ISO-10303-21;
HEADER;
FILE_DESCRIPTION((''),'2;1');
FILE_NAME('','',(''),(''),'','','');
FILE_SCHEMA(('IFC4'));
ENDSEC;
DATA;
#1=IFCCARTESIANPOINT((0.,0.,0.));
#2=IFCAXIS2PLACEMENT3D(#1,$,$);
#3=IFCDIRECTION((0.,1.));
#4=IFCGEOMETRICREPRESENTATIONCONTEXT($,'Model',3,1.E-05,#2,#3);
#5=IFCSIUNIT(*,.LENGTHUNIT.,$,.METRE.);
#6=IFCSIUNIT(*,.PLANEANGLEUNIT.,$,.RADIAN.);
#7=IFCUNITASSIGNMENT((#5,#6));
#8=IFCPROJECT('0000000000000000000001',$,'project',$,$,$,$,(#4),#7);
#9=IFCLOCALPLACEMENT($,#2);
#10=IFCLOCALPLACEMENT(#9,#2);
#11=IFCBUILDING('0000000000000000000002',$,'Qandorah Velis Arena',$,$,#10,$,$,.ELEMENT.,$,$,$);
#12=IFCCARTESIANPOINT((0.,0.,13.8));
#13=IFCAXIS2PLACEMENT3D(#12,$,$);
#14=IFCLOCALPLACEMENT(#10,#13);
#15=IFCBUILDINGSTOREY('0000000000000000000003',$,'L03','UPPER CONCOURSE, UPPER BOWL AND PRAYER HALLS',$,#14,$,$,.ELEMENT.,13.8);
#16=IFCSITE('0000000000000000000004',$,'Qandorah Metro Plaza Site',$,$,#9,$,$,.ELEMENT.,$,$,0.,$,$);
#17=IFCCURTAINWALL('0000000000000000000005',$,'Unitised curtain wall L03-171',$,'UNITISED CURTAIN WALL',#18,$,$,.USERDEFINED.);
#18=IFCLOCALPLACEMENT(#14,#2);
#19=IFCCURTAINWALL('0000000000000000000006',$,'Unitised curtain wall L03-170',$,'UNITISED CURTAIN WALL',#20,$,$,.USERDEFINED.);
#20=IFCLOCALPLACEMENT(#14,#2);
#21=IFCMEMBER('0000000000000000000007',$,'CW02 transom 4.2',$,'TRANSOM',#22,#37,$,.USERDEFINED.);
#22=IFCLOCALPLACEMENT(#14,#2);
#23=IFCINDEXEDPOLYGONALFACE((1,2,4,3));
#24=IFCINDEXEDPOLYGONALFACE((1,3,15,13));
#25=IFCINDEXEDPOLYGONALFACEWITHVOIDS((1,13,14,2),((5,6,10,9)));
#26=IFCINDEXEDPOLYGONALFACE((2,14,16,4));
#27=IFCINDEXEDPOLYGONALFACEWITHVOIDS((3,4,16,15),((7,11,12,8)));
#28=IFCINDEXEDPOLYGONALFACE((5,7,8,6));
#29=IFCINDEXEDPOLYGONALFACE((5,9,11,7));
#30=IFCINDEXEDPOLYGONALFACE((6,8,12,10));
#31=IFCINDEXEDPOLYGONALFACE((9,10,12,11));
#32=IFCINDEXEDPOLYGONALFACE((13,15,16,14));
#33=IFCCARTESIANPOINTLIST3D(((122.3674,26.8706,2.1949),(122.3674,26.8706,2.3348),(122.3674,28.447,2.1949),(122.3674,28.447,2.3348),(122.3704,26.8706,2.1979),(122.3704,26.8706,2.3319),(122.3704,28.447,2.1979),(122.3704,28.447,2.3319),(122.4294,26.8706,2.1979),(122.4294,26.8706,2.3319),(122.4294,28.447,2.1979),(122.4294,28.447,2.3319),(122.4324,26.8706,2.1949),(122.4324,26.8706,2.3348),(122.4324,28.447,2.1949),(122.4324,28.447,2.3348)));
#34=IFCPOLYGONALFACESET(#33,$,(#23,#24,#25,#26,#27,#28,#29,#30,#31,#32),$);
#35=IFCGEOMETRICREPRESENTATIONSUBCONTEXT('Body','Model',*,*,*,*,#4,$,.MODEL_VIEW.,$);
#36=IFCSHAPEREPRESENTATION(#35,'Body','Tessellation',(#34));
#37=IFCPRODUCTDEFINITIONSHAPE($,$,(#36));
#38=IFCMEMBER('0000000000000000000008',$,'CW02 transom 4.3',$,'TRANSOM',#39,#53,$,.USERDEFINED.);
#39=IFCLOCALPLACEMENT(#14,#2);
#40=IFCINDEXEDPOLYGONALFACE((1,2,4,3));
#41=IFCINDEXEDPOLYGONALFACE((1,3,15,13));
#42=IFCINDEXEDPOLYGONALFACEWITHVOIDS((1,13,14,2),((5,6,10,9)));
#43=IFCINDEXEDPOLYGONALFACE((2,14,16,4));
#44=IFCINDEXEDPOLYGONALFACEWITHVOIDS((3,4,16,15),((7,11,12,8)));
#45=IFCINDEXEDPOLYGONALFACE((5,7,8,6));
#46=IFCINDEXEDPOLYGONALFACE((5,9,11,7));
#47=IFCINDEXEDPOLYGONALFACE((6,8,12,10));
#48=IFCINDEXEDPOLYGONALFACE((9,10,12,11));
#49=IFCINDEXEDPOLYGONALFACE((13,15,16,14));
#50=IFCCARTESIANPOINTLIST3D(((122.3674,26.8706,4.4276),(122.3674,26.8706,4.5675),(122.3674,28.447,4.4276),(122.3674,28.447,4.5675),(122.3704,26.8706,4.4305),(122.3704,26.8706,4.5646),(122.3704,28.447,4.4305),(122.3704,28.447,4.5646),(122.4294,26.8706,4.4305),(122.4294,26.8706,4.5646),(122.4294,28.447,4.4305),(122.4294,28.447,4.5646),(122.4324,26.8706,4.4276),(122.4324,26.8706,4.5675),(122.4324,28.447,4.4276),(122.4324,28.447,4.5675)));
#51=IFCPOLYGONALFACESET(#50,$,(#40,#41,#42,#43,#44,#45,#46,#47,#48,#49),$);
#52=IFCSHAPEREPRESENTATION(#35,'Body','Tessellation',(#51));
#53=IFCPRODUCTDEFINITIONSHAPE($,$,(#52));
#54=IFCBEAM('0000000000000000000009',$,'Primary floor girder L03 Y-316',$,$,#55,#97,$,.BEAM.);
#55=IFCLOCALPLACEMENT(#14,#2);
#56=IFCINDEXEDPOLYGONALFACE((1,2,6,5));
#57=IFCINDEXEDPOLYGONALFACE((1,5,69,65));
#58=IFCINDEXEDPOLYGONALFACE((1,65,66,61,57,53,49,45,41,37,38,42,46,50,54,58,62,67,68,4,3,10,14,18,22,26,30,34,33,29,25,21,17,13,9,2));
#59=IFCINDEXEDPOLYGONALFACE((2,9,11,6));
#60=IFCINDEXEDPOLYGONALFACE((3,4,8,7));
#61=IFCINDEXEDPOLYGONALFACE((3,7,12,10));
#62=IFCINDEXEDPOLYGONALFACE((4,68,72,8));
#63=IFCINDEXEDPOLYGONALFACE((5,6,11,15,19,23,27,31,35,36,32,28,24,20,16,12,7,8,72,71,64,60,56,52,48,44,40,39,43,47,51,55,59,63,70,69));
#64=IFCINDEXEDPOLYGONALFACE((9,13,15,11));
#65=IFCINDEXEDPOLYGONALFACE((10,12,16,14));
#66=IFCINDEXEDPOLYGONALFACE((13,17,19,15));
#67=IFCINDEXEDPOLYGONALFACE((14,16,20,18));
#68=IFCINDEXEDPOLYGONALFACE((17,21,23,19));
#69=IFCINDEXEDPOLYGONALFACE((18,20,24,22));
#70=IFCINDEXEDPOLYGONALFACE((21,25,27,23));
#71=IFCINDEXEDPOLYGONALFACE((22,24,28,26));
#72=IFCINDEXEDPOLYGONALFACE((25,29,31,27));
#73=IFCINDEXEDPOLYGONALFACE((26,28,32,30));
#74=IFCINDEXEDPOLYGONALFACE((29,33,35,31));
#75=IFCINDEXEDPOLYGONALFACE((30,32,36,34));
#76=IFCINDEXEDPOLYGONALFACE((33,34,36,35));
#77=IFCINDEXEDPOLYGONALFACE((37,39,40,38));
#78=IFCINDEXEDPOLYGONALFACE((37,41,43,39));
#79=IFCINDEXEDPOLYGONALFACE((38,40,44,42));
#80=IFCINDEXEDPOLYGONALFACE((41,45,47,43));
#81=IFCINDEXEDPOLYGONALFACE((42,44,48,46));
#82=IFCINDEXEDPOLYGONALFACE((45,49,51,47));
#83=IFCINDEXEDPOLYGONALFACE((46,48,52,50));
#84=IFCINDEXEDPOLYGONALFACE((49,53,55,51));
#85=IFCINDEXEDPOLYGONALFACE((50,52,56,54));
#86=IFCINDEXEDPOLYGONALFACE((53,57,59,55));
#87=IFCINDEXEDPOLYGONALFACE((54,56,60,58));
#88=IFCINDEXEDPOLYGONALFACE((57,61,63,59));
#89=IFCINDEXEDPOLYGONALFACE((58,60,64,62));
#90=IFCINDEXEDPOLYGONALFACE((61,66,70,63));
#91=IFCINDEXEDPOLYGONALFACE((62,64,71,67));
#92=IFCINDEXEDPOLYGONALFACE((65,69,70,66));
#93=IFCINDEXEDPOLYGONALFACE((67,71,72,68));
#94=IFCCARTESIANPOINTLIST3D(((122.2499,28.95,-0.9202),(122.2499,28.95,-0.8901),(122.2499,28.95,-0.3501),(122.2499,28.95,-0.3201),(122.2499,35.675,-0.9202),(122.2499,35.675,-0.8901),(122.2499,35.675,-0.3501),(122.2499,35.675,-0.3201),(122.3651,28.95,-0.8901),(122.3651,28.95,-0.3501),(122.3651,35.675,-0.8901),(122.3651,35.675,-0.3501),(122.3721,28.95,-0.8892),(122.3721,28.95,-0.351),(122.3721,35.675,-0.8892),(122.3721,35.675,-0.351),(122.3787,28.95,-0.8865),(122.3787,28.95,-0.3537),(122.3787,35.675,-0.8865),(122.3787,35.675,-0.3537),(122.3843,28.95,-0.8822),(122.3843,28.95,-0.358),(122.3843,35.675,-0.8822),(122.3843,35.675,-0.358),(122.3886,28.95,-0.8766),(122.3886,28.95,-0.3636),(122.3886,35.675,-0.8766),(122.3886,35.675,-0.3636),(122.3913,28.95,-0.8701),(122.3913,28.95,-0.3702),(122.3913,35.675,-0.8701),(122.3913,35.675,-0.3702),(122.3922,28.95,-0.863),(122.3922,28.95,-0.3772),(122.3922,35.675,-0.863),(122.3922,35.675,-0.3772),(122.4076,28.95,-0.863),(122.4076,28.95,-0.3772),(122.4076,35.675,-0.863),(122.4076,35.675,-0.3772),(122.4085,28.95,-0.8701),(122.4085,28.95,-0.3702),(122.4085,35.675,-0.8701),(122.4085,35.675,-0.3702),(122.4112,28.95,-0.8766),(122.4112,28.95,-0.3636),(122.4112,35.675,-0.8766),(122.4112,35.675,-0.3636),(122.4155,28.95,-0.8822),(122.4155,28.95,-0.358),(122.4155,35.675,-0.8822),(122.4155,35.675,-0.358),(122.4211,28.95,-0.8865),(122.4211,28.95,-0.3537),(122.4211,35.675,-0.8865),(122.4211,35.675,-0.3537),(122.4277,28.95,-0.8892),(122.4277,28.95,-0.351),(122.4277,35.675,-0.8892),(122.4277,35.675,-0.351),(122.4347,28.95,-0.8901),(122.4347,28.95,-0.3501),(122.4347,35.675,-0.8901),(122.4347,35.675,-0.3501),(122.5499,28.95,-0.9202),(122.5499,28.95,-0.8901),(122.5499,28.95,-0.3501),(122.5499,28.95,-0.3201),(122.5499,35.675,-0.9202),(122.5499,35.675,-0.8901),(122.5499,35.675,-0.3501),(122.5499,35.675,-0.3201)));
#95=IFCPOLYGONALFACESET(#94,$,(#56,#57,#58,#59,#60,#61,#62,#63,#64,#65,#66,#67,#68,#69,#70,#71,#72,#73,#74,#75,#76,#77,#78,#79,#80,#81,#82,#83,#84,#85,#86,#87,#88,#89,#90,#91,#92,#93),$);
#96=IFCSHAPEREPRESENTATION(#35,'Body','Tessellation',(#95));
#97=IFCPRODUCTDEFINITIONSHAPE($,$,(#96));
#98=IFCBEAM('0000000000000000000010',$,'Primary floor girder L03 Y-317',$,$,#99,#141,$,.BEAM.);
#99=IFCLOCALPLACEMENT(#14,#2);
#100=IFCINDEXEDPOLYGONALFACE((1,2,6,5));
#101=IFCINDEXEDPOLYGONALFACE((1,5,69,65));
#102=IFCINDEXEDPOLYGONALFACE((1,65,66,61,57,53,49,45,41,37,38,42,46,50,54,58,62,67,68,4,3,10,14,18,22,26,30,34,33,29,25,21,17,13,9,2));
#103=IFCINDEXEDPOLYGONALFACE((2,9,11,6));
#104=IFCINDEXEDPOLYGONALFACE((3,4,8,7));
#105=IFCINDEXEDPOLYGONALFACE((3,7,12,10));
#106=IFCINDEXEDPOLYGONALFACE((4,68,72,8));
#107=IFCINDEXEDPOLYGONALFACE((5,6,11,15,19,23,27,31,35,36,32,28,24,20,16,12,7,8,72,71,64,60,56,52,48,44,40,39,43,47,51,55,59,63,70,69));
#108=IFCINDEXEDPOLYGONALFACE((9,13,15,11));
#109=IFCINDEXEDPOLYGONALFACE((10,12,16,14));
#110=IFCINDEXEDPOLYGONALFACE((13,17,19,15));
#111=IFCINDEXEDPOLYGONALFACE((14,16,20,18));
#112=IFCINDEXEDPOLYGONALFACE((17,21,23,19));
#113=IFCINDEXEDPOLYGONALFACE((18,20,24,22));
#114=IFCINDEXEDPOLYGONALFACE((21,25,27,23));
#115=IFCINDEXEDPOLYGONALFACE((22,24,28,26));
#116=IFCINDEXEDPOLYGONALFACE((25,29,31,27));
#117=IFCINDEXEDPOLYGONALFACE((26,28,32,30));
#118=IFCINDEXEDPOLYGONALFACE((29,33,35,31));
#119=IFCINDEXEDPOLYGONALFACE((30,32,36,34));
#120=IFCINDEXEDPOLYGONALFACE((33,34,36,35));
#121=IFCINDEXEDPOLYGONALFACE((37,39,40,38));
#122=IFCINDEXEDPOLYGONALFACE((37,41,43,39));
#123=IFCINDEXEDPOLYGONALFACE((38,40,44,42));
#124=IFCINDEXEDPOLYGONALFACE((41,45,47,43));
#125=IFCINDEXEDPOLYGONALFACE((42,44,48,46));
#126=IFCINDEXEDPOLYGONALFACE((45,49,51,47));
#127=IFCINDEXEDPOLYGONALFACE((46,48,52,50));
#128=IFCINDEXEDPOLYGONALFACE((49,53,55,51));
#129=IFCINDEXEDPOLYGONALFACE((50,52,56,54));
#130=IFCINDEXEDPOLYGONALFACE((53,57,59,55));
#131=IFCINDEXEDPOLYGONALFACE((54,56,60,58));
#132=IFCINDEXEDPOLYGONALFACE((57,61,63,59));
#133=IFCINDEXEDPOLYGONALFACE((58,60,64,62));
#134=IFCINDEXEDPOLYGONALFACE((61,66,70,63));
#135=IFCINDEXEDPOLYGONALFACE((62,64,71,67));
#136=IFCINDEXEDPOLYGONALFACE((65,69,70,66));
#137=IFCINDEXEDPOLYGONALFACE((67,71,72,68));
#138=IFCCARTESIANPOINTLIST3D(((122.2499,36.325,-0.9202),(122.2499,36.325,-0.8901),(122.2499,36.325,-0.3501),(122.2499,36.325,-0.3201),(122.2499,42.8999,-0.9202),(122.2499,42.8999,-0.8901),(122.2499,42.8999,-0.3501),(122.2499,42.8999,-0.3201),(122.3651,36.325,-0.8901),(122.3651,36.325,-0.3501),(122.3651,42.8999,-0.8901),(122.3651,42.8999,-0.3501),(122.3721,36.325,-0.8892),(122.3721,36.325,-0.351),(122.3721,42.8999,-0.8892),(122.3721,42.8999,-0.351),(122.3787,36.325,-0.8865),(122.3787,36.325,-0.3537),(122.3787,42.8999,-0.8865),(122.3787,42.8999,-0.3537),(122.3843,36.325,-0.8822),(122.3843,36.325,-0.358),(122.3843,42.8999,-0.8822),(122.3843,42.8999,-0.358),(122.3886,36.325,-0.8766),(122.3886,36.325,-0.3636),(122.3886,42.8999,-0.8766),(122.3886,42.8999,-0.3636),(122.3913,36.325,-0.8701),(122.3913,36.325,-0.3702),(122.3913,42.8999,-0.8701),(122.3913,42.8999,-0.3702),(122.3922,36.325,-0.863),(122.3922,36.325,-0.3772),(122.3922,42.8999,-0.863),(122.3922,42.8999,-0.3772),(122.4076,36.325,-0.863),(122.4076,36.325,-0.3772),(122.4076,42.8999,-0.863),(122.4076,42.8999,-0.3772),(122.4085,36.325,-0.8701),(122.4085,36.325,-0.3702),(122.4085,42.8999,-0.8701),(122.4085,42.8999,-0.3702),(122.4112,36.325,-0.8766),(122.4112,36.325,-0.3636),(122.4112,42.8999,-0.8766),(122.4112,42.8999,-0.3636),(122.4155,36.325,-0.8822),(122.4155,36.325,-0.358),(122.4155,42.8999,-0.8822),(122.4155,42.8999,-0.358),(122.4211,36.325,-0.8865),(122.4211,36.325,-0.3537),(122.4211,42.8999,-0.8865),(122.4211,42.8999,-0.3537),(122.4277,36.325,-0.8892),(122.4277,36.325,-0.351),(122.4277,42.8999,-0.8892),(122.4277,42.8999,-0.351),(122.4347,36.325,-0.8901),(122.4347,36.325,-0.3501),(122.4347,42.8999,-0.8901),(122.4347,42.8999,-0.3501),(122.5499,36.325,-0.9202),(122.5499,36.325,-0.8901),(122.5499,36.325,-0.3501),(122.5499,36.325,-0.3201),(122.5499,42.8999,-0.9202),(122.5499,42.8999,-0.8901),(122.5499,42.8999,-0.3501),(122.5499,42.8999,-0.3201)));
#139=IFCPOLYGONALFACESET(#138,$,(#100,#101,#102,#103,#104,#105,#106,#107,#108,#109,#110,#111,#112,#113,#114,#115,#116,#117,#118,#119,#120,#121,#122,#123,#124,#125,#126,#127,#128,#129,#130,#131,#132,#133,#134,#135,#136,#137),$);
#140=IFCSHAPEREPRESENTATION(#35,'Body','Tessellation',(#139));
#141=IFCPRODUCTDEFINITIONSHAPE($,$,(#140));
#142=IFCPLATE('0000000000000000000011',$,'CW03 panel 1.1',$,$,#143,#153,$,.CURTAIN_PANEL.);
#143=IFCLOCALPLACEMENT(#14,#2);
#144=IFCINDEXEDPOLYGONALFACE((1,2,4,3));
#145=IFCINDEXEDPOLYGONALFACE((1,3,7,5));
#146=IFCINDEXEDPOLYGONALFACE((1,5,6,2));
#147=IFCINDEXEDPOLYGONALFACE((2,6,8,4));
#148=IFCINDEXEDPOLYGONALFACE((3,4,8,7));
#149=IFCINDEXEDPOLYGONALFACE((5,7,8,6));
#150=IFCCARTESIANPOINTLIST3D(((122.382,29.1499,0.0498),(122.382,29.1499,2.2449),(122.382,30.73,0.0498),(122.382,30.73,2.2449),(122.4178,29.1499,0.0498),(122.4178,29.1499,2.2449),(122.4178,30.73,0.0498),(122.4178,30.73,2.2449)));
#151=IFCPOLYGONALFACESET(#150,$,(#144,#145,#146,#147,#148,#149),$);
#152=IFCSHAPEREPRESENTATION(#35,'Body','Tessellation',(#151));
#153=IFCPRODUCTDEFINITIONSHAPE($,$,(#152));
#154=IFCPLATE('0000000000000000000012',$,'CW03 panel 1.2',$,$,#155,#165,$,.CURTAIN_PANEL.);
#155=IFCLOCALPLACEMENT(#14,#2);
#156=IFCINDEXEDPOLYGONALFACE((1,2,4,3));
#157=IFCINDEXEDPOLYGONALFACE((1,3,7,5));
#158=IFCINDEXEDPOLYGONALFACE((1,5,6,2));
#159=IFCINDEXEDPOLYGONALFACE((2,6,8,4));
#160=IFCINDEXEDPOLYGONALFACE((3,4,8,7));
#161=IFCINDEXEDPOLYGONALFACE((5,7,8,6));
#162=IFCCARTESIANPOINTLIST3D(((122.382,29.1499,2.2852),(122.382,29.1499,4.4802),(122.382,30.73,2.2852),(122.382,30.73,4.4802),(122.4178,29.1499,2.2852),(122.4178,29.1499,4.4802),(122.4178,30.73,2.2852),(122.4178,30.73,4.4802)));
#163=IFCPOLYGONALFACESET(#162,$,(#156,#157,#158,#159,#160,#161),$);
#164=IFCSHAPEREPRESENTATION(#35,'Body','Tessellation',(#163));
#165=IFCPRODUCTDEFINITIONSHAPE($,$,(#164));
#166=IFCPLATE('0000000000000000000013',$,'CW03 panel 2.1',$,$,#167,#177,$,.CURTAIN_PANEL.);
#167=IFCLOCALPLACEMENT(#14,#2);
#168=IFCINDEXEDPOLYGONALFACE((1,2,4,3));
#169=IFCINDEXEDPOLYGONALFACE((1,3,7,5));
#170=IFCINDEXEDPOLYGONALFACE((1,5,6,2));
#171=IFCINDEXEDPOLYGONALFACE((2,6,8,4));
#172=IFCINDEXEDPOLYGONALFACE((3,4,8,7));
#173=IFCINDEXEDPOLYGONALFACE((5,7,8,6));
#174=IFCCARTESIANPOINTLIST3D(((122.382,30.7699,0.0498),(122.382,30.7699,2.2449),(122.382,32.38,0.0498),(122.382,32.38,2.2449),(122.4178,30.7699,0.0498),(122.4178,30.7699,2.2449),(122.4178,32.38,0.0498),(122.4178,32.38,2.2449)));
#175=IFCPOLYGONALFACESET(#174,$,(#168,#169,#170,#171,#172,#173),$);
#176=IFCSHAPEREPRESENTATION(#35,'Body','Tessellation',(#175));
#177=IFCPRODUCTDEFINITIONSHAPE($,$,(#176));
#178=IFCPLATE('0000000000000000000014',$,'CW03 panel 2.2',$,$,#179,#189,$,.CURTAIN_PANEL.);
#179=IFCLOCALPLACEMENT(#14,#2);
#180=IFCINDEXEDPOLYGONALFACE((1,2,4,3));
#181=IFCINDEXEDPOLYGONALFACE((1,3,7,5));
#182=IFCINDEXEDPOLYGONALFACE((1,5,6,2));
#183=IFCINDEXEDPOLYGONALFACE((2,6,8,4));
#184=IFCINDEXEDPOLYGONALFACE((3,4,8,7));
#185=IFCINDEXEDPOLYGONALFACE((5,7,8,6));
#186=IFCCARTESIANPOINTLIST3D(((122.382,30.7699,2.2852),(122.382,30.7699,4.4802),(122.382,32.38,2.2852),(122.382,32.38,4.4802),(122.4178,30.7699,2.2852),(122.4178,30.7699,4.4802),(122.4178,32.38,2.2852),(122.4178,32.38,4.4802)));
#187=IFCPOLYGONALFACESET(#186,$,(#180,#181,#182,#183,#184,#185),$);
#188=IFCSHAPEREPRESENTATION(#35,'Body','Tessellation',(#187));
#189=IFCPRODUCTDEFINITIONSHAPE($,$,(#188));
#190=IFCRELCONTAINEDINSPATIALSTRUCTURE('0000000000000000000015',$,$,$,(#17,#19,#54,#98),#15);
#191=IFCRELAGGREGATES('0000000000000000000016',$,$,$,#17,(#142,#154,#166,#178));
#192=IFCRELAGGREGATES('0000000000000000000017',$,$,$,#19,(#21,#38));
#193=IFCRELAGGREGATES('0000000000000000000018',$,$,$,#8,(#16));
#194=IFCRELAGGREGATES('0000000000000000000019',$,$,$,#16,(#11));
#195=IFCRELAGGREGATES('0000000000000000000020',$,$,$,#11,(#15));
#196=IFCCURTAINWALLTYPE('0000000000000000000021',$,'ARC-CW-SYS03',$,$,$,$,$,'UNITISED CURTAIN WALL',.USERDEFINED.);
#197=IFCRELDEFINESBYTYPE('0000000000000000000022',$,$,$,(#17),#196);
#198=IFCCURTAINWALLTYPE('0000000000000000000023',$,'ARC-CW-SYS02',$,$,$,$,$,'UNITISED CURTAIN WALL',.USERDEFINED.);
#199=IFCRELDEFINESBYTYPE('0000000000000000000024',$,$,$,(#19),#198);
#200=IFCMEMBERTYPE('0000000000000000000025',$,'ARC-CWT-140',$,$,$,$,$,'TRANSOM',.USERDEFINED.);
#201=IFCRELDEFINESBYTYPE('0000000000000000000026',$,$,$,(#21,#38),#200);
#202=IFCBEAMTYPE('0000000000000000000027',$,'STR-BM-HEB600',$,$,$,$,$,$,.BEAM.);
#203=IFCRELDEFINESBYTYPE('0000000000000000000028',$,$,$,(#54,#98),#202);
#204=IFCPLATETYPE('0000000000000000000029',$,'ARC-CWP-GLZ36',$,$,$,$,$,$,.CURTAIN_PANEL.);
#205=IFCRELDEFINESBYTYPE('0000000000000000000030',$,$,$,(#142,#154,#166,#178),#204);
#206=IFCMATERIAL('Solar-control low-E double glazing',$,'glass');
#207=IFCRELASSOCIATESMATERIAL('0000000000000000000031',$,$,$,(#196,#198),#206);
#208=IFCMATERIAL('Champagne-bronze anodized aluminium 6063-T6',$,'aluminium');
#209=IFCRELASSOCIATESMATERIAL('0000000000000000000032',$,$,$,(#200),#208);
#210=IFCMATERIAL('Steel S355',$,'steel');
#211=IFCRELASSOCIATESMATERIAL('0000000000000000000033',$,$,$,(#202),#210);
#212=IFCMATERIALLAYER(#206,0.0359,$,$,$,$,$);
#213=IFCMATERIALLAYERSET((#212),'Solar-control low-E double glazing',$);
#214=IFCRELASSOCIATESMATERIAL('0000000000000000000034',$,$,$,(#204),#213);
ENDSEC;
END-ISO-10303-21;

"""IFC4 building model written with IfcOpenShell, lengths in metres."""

from ifc_helpers import new_model, si_unit, direction, frame, origin, origin_2d, place, context, subcontext, project, spatial, rectangle, hollow_rectangle, i_section, extrude, material, layer, layer_set, material_profile, profile_set, type_object, element, aggregate, save


model = new_model("IFC4")

# Units and contexts
model_context = context("Model", 3, precision=1e-05, world=origin(), true_north=direction((0.0, 1.0)))
body_context = subcontext(model_context, "Body", "Model", "MODEL_VIEW")
ifc_project = project(units=[si_unit("LENGTHUNIT", "METRE"), si_unit("PLANEANGLEUNIT", "RADIAN")], contexts=[model_context])

# Site, building, storey
site_placement = place(None, origin())
site = spatial("IfcSite", under=ifc_project, at=site_placement, Name="Qandorah Metro Plaza Site", CompositionType="ELEMENT", RefElevation=0.0)
building_placement = place(site_placement, origin())
building = spatial("IfcBuilding", under=site, at=building_placement, Name="Qandorah Velis Arena", CompositionType="ELEMENT")
storey_placement = place(building_placement, frame((0.0, 0.0, 13.8)))
storey = spatial("IfcBuildingStorey", under=building, at=storey_placement, Name="L03", Description="UPPER CONCOURSE, UPPER BOWL AND PRAYER HALLS", CompositionType="ELEMENT", Elevation=13.8)

# Shared definitions
ifc_material_1 = material(Name="Solar-control low-E double glazing", Category="glass")
ifc_material_2 = material(Name="Champagne-bronze anodized aluminium 6063-T6", Category="aluminium")

# Curtain wall
curtain_wall_type_1 = type_object("IfcCurtainWallType", Name="ARC-CW-SYS03", ElementType="UNITISED CURTAIN WALL", PredefinedType="USERDEFINED", material=ifc_material_1)
curtain_wall_1_placement = place(storey_placement, origin())
curtain_wall_1 = element("IfcCurtainWall", 1, at=curtain_wall_1_placement, inside=storey, type_object=curtain_wall_type_1, Name="Unitised curtain wall L03-171", ObjectType="UNITISED CURTAIN WALL", PredefinedType="USERDEFINED")

# Curtain wall
curtain_wall_type_2 = type_object("IfcCurtainWallType", Name="ARC-CW-SYS02", ElementType="UNITISED CURTAIN WALL", PredefinedType="USERDEFINED", material=ifc_material_1)
curtain_wall_2_placement = place(storey_placement, origin())
curtain_wall_2 = element("IfcCurtainWall", 2, at=curtain_wall_2_placement, inside=storey, type_object=curtain_wall_type_2, Name="Unitised curtain wall L03-170", ObjectType="UNITISED CURTAIN WALL", PredefinedType="USERDEFINED")

# Members
ifc_material_profile_1 = material_profile(ifc_material_2, hollow_rectangle(XDim=0.0649, YDim=0.1399, WallThickness=0.0029, at=origin_2d()), Name="ALU TRANSOM 65x140")
ifc_profile_set_1 = profile_set([ifc_material_profile_1], Name="Champagne-bronze anodized aluminium 6063-T6")
member_type_1 = type_object("IfcMemberType", Name="ARC-CWT-140", ElementType="TRANSOM", PredefinedType="USERDEFINED", material=ifc_profile_set_1)
member_1_placement = place(storey_placement, frame((122.3999, 26.8706, 2.2649), z_axis=(0.0, 1.0, 0.0), x_axis=(-1.0, 0.0, 0.0)))
member_1 = element("IfcMember", 3, at=member_1_placement, type_object=member_type_1, Name="CW02 transom 4.2", ObjectType="TRANSOM", PredefinedType="USERDEFINED", context=body_context, shape_type="SweptSolid", body=[
    extrude(hollow_rectangle(XDim=0.0649, YDim=0.1399, WallThickness=0.0029, at=origin_2d()), origin(), (0.0, 0.0, 1.0), 1.5764),
])
member_2_placement = place(storey_placement, frame((122.3999, 26.8706, 4.4976), z_axis=(0.0, 1.0, 0.0), x_axis=(-1.0, 0.0, 0.0)))
member_2 = element("IfcMember", 4, at=member_2_placement, type_object=member_type_1, Name="CW02 transom 4.3", ObjectType="TRANSOM", PredefinedType="USERDEFINED", context=body_context, shape_type="SweptSolid", body=[
    extrude(hollow_rectangle(XDim=0.0649, YDim=0.1399, WallThickness=0.0029, at=origin_2d()), origin(), (0.0, 0.0, 1.0), 1.5764),
])

# Beams
ifc_material_3 = material(Name="Steel S355", Category="steel")
ifc_material_profile_2 = material_profile(ifc_material_3, i_section(OverallWidth=0.3, OverallDepth=0.6001, WebThickness=0.0154, FlangeThickness=0.03, FilletRadius=0.0271, at=origin_2d()), Name="HEB 600")
ifc_profile_set_2 = profile_set([ifc_material_profile_2], Name="Steel S355")
beam_type = type_object("IfcBeamType", Name="STR-BM-HEB600", PredefinedType="BEAM", material=ifc_profile_set_2)
beam_1_placement = place(storey_placement, frame((122.3999, 28.95, -0.6201), z_axis=(0.0, 1.0, 0.0), x_axis=(-1.0, 0.0, 0.0)))
element("IfcBeam", 5, at=beam_1_placement, inside=storey, type_object=beam_type, Name="Primary floor girder L03 Y-316", PredefinedType="BEAM", context=body_context, shape_type="SweptSolid", body=[
    extrude(i_section(OverallWidth=0.3, OverallDepth=0.6001, WebThickness=0.0154, FlangeThickness=0.03, FilletRadius=0.0271, at=origin_2d()), origin(), (0.0, 0.0, 1.0), 6.7251),
])
beam_2_placement = place(storey_placement, frame((122.3999, 36.325, -0.6201), z_axis=(0.0, 1.0, 0.0), x_axis=(-1.0, 0.0, 0.0)))
element("IfcBeam", 6, at=beam_2_placement, inside=storey, type_object=beam_type, Name="Primary floor girder L03 Y-317", PredefinedType="BEAM", context=body_context, shape_type="SweptSolid", body=[
    extrude(i_section(OverallWidth=0.3, OverallDepth=0.6001, WebThickness=0.0154, FlangeThickness=0.03, FilletRadius=0.0271, at=origin_2d()), origin(), (0.0, 0.0, 1.0), 6.575),
])

# Plates
ifc_layer_1 = layer(ifc_material_1, 0.0359)
ifc_layer_set_1 = layer_set([ifc_layer_1], Name="Solar-control low-E double glazing")
plate_type_1 = type_object("IfcPlateType", Name="ARC-CWP-GLZ36", PredefinedType="CURTAIN_PANEL", material=ifc_layer_set_1)
plate_1_placement = place(storey_placement, frame((122.3999, 29.9399, 0.0498), z_axis=(0.0, 0.0, 1.0), x_axis=(0.0, 1.0, 0.0)))
plate_1 = element("IfcPlate", 7, at=plate_1_placement, type_object=plate_type_1, Name="CW03 panel 1.1", PredefinedType="CURTAIN_PANEL", context=body_context, shape_type="SweptSolid", body=[
    extrude(rectangle(XDim=1.5801, YDim=0.0359, at=origin_2d()), origin(), (0.0, 0.0, 1.0), 2.1951),
])
plate_2_placement = place(storey_placement, frame((122.3999, 29.9399, 2.2852), z_axis=(0.0, 0.0, 1.0), x_axis=(0.0, 1.0, 0.0)))
plate_2 = element("IfcPlate", 8, at=plate_2_placement, type_object=plate_type_1, Name="CW03 panel 1.2", PredefinedType="CURTAIN_PANEL", context=body_context, shape_type="SweptSolid", body=[
    extrude(rectangle(XDim=1.5801, YDim=0.0359, at=origin_2d()), origin(), (0.0, 0.0, 1.0), 2.1951),
])
plate_3_placement = place(storey_placement, frame((122.3999, 31.575, 0.0498), z_axis=(0.0, 0.0, 1.0), x_axis=(0.0, 1.0, 0.0)))
plate_3 = element("IfcPlate", 9, at=plate_3_placement, type_object=plate_type_1, Name="CW03 panel 2.1", PredefinedType="CURTAIN_PANEL", context=body_context, shape_type="SweptSolid", body=[
    extrude(rectangle(XDim=1.6101, YDim=0.0359, at=origin_2d()), origin(), (0.0, 0.0, 1.0), 2.1951),
])
plate_4_placement = place(storey_placement, frame((122.3999, 31.575, 2.2852), z_axis=(0.0, 0.0, 1.0), x_axis=(0.0, 1.0, 0.0)))
plate_4 = element("IfcPlate", 10, at=plate_4_placement, type_object=plate_type_1, Name="CW03 panel 2.2", PredefinedType="CURTAIN_PANEL", context=body_context, shape_type="SweptSolid", body=[
    extrude(rectangle(XDim=1.6101, YDim=0.0359, at=origin_2d()), origin(), (0.0, 0.0, 1.0), 2.1951),
])
aggregate(curtain_wall_1, [plate_1, plate_2, plate_3, plate_4])
aggregate(curtain_wall_2, [member_1, member_2])

save(model, "model.ifc")
